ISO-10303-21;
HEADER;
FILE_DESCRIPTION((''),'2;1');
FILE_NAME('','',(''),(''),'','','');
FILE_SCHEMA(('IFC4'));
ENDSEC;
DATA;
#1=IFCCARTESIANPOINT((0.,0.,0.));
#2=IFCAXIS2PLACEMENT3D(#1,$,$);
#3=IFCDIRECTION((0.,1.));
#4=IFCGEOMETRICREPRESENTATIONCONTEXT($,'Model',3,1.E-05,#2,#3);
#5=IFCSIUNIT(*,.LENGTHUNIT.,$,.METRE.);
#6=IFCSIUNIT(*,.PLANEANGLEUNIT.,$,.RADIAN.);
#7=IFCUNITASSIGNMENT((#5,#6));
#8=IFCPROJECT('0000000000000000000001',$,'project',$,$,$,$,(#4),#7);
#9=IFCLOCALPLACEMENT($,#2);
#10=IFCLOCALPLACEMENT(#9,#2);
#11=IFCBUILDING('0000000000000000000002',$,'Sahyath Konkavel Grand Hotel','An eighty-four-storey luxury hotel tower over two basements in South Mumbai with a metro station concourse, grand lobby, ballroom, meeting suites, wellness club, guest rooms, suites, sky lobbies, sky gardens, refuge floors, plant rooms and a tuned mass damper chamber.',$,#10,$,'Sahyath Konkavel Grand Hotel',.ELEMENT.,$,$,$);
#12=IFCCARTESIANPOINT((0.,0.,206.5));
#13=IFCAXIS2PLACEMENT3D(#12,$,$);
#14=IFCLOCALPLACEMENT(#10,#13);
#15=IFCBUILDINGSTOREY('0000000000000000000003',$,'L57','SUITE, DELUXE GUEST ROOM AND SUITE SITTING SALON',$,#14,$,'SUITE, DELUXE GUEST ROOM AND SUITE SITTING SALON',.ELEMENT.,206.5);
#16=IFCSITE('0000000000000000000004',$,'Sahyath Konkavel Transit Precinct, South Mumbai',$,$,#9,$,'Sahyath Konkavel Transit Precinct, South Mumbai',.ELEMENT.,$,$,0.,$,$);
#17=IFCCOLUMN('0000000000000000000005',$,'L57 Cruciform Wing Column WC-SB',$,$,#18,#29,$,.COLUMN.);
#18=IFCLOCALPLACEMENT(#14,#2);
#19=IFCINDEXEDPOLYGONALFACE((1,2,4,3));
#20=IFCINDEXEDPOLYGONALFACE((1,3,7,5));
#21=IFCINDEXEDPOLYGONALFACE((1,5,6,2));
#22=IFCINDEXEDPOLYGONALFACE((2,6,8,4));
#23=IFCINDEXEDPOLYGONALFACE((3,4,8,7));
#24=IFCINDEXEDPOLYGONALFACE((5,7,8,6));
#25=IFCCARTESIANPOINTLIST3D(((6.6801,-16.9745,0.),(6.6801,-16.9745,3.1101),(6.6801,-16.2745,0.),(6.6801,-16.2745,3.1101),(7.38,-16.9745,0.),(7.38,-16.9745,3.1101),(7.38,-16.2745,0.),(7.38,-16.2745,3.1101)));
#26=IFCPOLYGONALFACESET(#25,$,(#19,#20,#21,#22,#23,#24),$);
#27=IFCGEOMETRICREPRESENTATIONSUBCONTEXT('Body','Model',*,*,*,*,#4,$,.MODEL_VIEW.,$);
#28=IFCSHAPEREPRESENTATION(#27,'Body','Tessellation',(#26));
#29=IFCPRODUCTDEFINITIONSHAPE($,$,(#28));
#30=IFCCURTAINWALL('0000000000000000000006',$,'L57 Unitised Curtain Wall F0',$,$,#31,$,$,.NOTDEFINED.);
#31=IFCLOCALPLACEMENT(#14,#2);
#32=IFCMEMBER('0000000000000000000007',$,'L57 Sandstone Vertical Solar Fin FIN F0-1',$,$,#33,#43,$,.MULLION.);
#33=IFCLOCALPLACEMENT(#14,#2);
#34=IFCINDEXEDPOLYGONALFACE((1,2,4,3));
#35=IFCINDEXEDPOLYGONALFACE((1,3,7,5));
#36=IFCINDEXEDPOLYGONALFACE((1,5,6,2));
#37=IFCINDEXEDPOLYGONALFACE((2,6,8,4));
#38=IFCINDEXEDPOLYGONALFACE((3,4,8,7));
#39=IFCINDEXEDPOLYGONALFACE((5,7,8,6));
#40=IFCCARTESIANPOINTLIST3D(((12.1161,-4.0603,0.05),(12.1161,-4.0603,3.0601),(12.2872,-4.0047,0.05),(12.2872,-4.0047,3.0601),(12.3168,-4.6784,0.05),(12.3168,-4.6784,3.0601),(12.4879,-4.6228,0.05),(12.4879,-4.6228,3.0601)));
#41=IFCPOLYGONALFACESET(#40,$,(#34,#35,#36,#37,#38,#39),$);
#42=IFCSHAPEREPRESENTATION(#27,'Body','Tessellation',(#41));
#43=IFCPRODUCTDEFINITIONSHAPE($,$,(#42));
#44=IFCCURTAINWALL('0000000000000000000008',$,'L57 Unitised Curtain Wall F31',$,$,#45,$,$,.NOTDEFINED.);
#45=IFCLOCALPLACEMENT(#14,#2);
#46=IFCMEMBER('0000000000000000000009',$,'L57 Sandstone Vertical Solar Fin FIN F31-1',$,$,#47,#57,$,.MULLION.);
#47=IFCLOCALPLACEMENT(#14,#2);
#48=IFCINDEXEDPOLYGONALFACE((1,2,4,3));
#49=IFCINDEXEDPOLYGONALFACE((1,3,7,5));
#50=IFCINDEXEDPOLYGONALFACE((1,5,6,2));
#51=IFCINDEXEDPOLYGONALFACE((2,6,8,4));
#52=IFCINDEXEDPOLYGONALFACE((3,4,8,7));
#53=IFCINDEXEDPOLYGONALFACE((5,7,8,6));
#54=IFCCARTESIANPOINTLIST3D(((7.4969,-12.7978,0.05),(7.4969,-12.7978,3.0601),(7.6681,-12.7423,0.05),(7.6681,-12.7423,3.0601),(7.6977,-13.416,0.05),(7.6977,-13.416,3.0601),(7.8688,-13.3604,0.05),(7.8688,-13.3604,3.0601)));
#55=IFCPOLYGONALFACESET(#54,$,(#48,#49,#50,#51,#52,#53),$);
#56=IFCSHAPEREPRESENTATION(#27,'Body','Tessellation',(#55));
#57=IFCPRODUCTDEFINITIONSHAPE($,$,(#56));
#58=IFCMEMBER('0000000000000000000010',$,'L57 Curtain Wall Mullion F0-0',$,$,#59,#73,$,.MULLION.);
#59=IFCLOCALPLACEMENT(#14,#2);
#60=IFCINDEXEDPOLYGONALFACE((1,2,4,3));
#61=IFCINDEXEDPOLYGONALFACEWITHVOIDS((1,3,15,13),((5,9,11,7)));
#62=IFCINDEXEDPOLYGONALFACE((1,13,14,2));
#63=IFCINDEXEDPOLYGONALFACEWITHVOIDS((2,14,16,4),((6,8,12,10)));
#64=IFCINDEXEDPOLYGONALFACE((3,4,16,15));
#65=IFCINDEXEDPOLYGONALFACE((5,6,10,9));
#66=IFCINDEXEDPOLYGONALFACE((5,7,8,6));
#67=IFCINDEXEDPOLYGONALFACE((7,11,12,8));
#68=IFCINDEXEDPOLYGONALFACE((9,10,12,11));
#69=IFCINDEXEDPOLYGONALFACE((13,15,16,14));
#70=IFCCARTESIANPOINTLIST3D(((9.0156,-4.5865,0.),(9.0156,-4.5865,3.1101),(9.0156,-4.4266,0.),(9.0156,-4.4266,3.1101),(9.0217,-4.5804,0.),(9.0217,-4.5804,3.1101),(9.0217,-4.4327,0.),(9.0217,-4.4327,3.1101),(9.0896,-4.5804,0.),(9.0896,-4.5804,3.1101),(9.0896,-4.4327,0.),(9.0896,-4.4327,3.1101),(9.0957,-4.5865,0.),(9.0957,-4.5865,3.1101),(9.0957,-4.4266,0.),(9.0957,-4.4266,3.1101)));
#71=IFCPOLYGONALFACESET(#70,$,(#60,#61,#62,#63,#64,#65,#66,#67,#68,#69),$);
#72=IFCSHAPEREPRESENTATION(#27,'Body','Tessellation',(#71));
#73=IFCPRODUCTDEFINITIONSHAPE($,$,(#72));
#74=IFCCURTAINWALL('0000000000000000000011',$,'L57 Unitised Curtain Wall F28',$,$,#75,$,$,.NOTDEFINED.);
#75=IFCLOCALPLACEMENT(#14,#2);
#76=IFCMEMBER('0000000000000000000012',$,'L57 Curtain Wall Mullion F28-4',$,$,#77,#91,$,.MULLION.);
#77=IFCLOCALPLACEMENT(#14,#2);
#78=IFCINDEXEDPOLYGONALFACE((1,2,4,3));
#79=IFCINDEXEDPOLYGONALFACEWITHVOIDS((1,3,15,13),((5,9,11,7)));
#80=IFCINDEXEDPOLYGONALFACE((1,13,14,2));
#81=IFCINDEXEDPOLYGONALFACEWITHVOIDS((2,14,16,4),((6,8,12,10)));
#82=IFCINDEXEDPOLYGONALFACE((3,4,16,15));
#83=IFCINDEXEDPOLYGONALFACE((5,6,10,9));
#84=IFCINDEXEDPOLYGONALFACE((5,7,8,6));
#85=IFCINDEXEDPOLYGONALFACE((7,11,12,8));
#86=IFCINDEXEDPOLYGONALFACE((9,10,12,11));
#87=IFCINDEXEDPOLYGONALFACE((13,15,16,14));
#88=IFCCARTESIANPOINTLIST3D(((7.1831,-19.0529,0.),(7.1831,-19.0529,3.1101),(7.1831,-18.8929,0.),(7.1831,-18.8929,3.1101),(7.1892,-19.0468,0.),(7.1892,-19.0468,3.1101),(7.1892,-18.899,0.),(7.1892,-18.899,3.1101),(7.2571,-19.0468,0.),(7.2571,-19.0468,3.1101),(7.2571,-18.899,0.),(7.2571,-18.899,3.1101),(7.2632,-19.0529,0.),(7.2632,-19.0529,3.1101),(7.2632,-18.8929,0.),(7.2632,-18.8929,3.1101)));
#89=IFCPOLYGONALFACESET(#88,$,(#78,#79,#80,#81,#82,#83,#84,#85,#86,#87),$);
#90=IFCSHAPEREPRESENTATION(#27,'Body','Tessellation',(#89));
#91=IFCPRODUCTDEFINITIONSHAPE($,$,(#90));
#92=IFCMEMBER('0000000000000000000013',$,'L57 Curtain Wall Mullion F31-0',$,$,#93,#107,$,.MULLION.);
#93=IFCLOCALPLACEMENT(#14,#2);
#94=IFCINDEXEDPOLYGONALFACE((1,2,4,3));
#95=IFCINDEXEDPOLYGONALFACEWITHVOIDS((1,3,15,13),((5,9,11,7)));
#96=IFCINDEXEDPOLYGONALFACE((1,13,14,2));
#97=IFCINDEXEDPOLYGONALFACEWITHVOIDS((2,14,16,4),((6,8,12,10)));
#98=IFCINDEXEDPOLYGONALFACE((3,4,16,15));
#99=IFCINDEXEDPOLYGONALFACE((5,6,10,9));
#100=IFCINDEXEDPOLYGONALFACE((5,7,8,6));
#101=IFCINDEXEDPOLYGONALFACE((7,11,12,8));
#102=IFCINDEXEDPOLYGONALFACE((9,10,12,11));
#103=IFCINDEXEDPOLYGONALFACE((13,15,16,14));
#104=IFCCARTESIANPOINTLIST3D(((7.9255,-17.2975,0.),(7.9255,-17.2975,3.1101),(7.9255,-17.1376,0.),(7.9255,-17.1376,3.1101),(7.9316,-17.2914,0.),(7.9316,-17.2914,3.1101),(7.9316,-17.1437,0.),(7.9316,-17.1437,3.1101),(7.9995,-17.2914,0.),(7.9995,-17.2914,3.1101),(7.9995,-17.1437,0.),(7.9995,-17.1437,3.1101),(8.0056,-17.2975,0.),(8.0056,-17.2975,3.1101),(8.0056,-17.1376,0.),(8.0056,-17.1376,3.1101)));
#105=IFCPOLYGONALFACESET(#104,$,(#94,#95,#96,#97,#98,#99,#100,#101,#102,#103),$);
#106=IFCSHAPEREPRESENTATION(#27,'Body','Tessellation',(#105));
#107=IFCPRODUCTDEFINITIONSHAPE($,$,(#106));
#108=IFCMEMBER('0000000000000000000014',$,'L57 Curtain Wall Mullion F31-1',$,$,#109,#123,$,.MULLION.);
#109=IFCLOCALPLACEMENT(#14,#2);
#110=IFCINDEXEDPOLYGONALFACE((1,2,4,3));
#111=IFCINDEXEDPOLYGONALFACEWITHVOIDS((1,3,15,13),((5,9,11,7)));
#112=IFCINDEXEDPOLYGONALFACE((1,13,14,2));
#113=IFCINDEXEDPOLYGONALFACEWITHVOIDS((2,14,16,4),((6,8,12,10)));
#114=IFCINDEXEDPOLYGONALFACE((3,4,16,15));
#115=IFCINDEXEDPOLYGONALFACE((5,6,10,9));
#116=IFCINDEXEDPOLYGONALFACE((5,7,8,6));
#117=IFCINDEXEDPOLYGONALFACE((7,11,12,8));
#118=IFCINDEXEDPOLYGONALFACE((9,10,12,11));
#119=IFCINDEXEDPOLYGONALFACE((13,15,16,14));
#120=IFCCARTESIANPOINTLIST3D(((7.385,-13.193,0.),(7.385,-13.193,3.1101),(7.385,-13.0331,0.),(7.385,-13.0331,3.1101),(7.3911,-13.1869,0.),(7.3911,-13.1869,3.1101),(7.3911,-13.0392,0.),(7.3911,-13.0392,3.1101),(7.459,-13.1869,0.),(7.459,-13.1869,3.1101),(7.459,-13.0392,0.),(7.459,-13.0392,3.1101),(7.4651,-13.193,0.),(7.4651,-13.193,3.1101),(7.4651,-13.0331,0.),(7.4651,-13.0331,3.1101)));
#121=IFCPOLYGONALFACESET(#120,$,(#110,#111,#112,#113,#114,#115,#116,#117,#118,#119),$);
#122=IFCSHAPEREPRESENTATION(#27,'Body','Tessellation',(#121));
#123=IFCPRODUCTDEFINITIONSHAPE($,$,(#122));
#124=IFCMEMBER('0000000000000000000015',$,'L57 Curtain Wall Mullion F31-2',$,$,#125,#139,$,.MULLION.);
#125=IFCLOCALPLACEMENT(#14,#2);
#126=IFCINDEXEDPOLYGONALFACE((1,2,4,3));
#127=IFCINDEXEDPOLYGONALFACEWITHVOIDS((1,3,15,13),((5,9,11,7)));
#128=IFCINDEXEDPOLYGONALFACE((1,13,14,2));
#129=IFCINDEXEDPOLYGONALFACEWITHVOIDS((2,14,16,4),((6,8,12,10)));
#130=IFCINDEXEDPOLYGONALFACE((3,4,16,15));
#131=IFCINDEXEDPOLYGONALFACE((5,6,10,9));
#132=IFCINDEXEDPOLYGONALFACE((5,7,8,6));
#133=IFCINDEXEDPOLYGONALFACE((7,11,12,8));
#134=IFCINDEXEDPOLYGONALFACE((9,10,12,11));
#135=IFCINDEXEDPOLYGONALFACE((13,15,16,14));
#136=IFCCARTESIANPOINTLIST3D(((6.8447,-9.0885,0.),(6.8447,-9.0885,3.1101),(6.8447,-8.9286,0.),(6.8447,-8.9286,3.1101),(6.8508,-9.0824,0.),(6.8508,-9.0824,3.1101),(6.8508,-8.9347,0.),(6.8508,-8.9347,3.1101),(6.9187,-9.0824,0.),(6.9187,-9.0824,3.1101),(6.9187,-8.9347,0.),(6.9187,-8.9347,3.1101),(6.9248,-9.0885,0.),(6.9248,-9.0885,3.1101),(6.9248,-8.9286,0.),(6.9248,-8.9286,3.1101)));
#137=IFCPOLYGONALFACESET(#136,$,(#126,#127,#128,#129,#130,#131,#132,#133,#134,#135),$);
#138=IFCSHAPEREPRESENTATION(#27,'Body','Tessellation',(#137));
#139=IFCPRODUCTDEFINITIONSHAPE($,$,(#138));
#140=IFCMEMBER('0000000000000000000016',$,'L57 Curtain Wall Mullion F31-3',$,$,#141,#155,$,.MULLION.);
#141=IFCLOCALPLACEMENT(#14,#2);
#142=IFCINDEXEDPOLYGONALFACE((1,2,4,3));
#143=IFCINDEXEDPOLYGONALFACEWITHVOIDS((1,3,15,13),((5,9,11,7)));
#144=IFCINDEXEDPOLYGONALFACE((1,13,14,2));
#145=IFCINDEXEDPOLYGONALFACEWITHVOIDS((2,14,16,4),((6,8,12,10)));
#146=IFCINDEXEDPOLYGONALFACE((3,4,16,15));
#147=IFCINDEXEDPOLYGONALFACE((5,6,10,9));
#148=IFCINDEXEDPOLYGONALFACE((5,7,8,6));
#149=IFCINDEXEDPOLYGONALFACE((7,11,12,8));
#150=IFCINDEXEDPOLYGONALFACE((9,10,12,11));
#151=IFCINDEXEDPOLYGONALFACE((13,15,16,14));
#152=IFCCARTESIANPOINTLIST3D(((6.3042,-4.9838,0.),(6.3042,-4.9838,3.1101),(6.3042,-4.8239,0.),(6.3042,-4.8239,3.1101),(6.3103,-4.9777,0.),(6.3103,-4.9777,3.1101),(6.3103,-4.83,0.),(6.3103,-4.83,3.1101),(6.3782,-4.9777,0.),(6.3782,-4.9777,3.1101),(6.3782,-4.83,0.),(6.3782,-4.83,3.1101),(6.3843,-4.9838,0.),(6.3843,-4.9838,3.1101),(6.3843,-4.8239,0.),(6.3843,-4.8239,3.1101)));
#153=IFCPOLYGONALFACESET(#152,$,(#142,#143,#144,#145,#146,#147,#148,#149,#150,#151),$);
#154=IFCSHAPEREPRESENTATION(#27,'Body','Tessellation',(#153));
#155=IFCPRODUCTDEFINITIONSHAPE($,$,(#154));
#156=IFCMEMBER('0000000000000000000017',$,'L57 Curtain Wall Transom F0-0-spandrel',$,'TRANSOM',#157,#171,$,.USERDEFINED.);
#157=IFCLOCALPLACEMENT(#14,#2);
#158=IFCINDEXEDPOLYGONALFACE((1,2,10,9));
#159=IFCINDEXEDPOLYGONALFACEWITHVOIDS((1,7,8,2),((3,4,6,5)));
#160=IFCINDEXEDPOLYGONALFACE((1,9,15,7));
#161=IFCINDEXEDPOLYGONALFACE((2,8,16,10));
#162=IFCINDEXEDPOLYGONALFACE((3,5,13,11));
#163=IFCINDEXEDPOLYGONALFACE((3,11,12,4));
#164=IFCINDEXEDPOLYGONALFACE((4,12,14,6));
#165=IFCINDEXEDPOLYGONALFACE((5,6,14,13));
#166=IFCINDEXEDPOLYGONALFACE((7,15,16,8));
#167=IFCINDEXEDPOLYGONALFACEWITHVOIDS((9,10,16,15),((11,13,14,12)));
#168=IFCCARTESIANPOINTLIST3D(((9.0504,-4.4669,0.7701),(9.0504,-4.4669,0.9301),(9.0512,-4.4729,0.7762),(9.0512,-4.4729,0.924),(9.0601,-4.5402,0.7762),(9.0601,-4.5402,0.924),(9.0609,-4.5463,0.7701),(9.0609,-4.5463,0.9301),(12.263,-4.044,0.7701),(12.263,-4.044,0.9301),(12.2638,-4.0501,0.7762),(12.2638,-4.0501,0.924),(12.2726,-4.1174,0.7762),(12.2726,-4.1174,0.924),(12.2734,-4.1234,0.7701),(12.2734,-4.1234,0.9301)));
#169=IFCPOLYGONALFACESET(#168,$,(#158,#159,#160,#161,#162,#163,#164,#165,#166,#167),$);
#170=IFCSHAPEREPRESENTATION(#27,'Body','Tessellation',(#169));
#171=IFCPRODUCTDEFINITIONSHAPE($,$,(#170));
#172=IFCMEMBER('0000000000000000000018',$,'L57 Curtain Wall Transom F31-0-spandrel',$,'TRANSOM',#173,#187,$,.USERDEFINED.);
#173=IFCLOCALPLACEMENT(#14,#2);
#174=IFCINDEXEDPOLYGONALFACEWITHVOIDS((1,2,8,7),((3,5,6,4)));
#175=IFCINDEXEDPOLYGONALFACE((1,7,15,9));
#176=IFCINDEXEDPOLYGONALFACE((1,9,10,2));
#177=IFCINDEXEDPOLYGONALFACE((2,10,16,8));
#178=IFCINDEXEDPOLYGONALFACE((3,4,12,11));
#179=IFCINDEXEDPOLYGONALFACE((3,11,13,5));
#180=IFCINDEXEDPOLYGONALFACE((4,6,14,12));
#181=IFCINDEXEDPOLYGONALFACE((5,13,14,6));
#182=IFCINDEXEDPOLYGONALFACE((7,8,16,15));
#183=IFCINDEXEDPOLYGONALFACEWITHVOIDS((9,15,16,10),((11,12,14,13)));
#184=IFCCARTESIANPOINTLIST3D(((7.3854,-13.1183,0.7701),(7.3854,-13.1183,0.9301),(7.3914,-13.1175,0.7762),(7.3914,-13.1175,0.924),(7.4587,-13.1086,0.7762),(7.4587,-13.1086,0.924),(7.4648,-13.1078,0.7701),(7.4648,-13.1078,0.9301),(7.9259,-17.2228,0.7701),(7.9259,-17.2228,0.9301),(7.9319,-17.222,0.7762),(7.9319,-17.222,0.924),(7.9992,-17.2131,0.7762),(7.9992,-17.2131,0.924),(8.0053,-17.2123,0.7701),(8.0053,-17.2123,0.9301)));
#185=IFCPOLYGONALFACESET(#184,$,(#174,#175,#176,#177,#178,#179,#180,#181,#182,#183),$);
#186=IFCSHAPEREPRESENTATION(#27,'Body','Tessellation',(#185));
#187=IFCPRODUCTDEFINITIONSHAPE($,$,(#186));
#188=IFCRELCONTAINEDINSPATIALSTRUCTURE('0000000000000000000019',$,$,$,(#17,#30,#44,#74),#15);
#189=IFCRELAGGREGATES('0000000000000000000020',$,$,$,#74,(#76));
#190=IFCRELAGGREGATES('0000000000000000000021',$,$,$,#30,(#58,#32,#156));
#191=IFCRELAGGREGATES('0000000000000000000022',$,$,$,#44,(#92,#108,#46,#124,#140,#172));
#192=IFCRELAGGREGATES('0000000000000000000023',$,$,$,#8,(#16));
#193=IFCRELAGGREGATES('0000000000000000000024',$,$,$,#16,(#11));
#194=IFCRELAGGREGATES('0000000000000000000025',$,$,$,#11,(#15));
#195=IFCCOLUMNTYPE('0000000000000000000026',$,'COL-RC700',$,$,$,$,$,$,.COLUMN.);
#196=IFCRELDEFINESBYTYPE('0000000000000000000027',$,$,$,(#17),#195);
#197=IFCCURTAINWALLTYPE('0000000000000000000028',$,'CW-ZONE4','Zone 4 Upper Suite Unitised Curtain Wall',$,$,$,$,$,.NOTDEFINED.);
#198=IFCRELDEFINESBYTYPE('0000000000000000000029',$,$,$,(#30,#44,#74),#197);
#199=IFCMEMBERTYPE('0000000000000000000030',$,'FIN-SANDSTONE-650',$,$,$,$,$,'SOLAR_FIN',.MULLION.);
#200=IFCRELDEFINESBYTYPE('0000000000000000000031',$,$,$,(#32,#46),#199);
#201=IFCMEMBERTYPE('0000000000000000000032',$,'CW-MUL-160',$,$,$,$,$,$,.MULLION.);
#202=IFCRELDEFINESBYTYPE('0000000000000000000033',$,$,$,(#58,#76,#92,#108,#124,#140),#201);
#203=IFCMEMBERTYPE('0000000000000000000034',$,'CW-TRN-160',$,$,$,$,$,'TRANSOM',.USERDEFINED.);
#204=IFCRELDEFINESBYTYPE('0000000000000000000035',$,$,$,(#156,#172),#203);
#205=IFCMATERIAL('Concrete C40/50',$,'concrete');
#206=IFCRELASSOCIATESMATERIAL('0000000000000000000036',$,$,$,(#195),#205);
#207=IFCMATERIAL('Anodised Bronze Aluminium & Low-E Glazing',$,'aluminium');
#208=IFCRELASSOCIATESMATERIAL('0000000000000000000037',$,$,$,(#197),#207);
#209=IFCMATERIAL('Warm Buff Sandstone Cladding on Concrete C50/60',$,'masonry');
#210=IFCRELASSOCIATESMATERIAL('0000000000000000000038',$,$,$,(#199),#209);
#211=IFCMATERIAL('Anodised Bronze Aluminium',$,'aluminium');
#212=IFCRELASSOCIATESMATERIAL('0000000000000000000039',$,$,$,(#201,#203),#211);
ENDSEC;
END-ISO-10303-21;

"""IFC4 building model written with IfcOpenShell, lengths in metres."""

from ifc_helpers import new_model, si_unit, direction, frame, origin, origin_2d, place, context, subcontext, project, spatial, rectangle, hollow_rectangle, extrude, source, transform, mapped, material, material_profile, profile_set, type_object, element, aggregate, save


model = new_model("IFC4")

# Units and contexts
model_context = context("Model", 3, precision=1e-05, world=origin(), true_north=direction((0.0, 1.0)))
body_context = subcontext(model_context, "Body", "Model", "MODEL_VIEW")
ifc_project = project(units=[si_unit("LENGTHUNIT", "METRE"), si_unit("PLANEANGLEUNIT", "RADIAN")], contexts=[model_context])

# Site, building, storey
site_placement = place(None, origin())
site = spatial("IfcSite", under=ifc_project, at=site_placement, Name="Sahyath Konkavel Transit Precinct, South Mumbai", LongName="Sahyath Konkavel Transit Precinct, South Mumbai", CompositionType="ELEMENT", RefElevation=0.0)
building_placement = place(site_placement, origin())
building = spatial("IfcBuilding", under=site, at=building_placement, Name="Sahyath Konkavel Grand Hotel", Description="An eighty-four-storey luxury hotel tower over two basements in South Mumbai with a metro station concourse, grand lobby, ballroom, meeting suites, wellness club, guest rooms, suites, sky lobbies, sky gardens, refuge floors, plant rooms and a tuned mass damper chamber.", LongName="Sahyath Konkavel Grand Hotel", CompositionType="ELEMENT")
storey_placement = place(building_placement, frame((0.0, 0.0, 206.5)))
storey = spatial("IfcBuildingStorey", under=building, at=storey_placement, Name="L57", Description="SUITE, DELUXE GUEST ROOM AND SUITE SITTING SALON", LongName="SUITE, DELUXE GUEST ROOM AND SUITE SITTING SALON", CompositionType="ELEMENT", Elevation=206.5)

# Column
ifc_material_1 = material(Name="Concrete C40/50", Category="concrete")
ifc_material_profile_1 = material_profile(ifc_material_1, rectangle(XDim=0.7, YDim=0.7, at=origin_2d()), Name="RC 700x700")
ifc_profile_set_1 = profile_set([ifc_material_profile_1], Name="Concrete C40/50")
column_type = type_object("IfcColumnType", Name="COL-RC700", PredefinedType="COLUMN", material=ifc_profile_set_1)
shared_shape_1 = source(origin(), body_context, "Body", "SweptSolid", [
    extrude(rectangle(XDim=0.7, YDim=0.7, at=origin_2d()), origin(), (0.0, 0.0, 1.0), 3.1101),
])
column_placement = place(storey_placement, frame((7.03, -16.6245, 0.0), z_axis=(0.0, 0.0, 1.0), x_axis=(1.0, 0.0, 0.0)))
element("IfcColumn", 1, at=column_placement, inside=storey, type_object=column_type, Name="L57 Cruciform Wing Column WC-SB", PredefinedType="COLUMN", context=body_context, shape_type="MappedRepresentation", body=[
    mapped(shared_shape_1, transform((0.0, 0.0, 0.0), scale=1.0)),
])

# Curtain walls, members
ifc_material_2 = material(Name="Anodised Bronze Aluminium & Low-E Glazing", Category="aluminium")
curtain_wall_type = type_object("IfcCurtainWallType", Name="CW-ZONE4", Description="Zone 4 Upper Suite Unitised Curtain Wall", PredefinedType="NOTDEFINED", material=ifc_material_2)
curtain_wall_1_placement = place(storey_placement, origin())
curtain_wall_1 = element("IfcCurtainWall", 2, at=curtain_wall_1_placement, inside=storey, type_object=curtain_wall_type, Name="L57 Unitised Curtain Wall F0", PredefinedType="NOTDEFINED")
ifc_material_3 = material(Name="Warm Buff Sandstone Cladding on Concrete C50/60", Category="masonry")
ifc_material_profile_2 = material_profile(ifc_material_3, rectangle(XDim=0.1799, YDim=0.6499, at=origin_2d()), Name="FIN 180x650")
ifc_profile_set_2 = profile_set([ifc_material_profile_2], Name="Warm Buff Sandstone Cladding on Concrete C50/60")
member_type_1 = type_object("IfcMemberType", Name="FIN-SANDSTONE-650", ElementType="SOLAR_FIN", PredefinedType="MULLION", material=ifc_profile_set_2)
shared_shape_2 = source(origin(), body_context, "Body", "SweptSolid", [
    extrude(rectangle(XDim=0.1799, YDim=0.6499, at=origin_2d()), origin(), (0.0, 0.0, 1.0), 3.01),
])
member_1_placement = place(storey_placement, frame((12.302, -4.3416, 0.05), z_axis=(0.0, 0.0, 1.0), x_axis=(0.95111, 0.308851, 0.0)))
member_1 = element("IfcMember", 3, at=member_1_placement, type_object=member_type_1, Name="L57 Sandstone Vertical Solar Fin FIN F0-1", PredefinedType="MULLION", context=body_context, shape_type="MappedRepresentation", body=[
    mapped(shared_shape_2, transform((0.0, 0.0, 0.0), scale=1.0)),
])
curtain_wall_2_placement = place(storey_placement, origin())
curtain_wall_2 = element("IfcCurtainWall", 4, at=curtain_wall_2_placement, inside=storey, type_object=curtain_wall_type, Name="L57 Unitised Curtain Wall F31", PredefinedType="NOTDEFINED")
member_2_placement = place(storey_placement, frame((7.6829, -13.0791, 0.05), z_axis=(0.0, 0.0, 1.0), x_axis=(0.95111, 0.308851, 0.0)))
member_2 = element("IfcMember", 5, at=member_2_placement, type_object=member_type_1, Name="L57 Sandstone Vertical Solar Fin FIN F31-1", PredefinedType="MULLION", context=body_context, shape_type="MappedRepresentation", body=[
    mapped(shared_shape_2, transform((0.0, 0.0, 0.0), scale=1.0)),
])

# Member
ifc_material_4 = material(Name="Anodised Bronze Aluminium", Category="aluminium")
ifc_material_profile_3 = material_profile(ifc_material_4, hollow_rectangle(XDim=0.0801, YDim=0.1599, WallThickness=0.0061, at=origin_2d()), Name="RHS 160x80x6")
ifc_profile_set_3 = profile_set([ifc_material_profile_3], Name="Anodised Bronze Aluminium")
member_type_2 = type_object("IfcMemberType", Name="CW-MUL-160", PredefinedType="MULLION", material=ifc_profile_set_3)
shared_shape_3 = source(origin(), body_context, "Body", "SweptSolid", [
    extrude(hollow_rectangle(XDim=0.0801, YDim=0.1599, WallThickness=0.0061, at=origin_2d()), origin(), (0.0, 0.0, 1.0), 3.1101),
])
member_3_placement = place(storey_placement, frame((9.0557, -4.5066, 0.0), z_axis=(0.0, 0.0, 1.0), x_axis=(1.0, 0.0, 0.0)))
member_3 = element("IfcMember", 6, at=member_3_placement, type_object=member_type_2, Name="L57 Curtain Wall Mullion F0-0", PredefinedType="MULLION", context=body_context, shape_type="MappedRepresentation", body=[
    mapped(shared_shape_3, transform((0.0, 0.0, 0.0), scale=1.0)),
])

# Curtain wall, member
curtain_wall_3_placement = place(storey_placement, origin())
curtain_wall_3 = element("IfcCurtainWall", 7, at=curtain_wall_3_placement, inside=storey, type_object=curtain_wall_type, Name="L57 Unitised Curtain Wall F28", PredefinedType="NOTDEFINED")
member_4_placement = place(storey_placement, frame((7.2231, -18.9729, 0.0), z_axis=(0.0, 0.0, 1.0), x_axis=(1.0, 0.0, 0.0)))
member_4 = element("IfcMember", 8, at=member_4_placement, type_object=member_type_2, Name="L57 Curtain Wall Mullion F28-4", PredefinedType="MULLION", context=body_context, shape_type="MappedRepresentation", body=[
    mapped(shared_shape_3, transform((0.0, 0.0, 0.0), scale=1.0)),
])
aggregate(curtain_wall_3, [member_4])

# Members
member_5_placement = place(storey_placement, frame((7.9656, -17.2175, 0.0), z_axis=(0.0, 0.0, 1.0), x_axis=(1.0, 0.0, 0.0)))
member_5 = element("IfcMember", 9, at=member_5_placement, type_object=member_type_2, Name="L57 Curtain Wall Mullion F31-0", PredefinedType="MULLION", context=body_context, shape_type="MappedRepresentation", body=[
    mapped(shared_shape_3, transform((0.0, 0.0, 0.0), scale=1.0)),
])
member_6_placement = place(storey_placement, frame((7.425, -13.113, 0.0), z_axis=(0.0, 0.0, 1.0), x_axis=(1.0, 0.0, 0.0)))
member_6 = element("IfcMember", 10, at=member_6_placement, type_object=member_type_2, Name="L57 Curtain Wall Mullion F31-1", PredefinedType="MULLION", context=body_context, shape_type="MappedRepresentation", body=[
    mapped(shared_shape_3, transform((0.0, 0.0, 0.0), scale=1.0)),
])
member_7_placement = place(storey_placement, frame((6.8848, -9.0085, 0.0), z_axis=(0.0, 0.0, 1.0), x_axis=(1.0, 0.0, 0.0)))
member_7 = element("IfcMember", 11, at=member_7_placement, type_object=member_type_2, Name="L57 Curtain Wall Mullion F31-2", PredefinedType="MULLION", context=body_context, shape_type="MappedRepresentation", body=[
    mapped(shared_shape_3, transform((0.0, 0.0, 0.0), scale=1.0)),
])
member_8_placement = place(storey_placement, frame((6.3442, -4.9038, 0.0), z_axis=(0.0, 0.0, 1.0), x_axis=(1.0, 0.0, 0.0)))
member_8 = element("IfcMember", 12, at=member_8_placement, type_object=member_type_2, Name="L57 Curtain Wall Mullion F31-3", PredefinedType="MULLION", context=body_context, shape_type="MappedRepresentation", body=[
    mapped(shared_shape_3, transform((0.0, 0.0, 0.0), scale=1.0)),
])
ifc_material_profile_4 = material_profile(ifc_material_4, hollow_rectangle(XDim=0.0801, YDim=0.1599, WallThickness=0.0061, at=origin_2d()), Name="RHS 160x80x6")
ifc_profile_set_4 = profile_set([ifc_material_profile_4], Name="Anodised Bronze Aluminium")
member_type_3 = type_object("IfcMemberType", Name="CW-TRN-160", ElementType="TRANSOM", PredefinedType="USERDEFINED", material=ifc_profile_set_4)
shared_shape_4 = source(origin(), body_context, "Body", "SweptSolid", [
    extrude(hollow_rectangle(XDim=0.0801, YDim=0.1599, WallThickness=0.0061, at=origin_2d()), origin(), (0.0, 0.0, 1.0), 3.2402),
])
member_9_placement = place(storey_placement, frame((9.0557, -4.5066, 0.8501), z_axis=(0.991448, 0.130505, 0.0), x_axis=(-0.130505, 0.991448, 0.0)))
member_9 = element("IfcMember", 13, at=member_9_placement, type_object=member_type_3, Name="L57 Curtain Wall Transom F0-0-spandrel", ObjectType="TRANSOM", PredefinedType="USERDEFINED", context=body_context, shape_type="MappedRepresentation", body=[
    mapped(shared_shape_4, transform((0.0, 0.0, 0.0), scale=1.0)),
])
shared_shape_5 = source(origin(), body_context, "Body", "SweptSolid", [
    extrude(hollow_rectangle(XDim=0.0801, YDim=0.1599, WallThickness=0.0061, at=origin_2d()), origin(), (0.0, 0.0, 1.0), 4.1399),
])
member_10_placement = place(storey_placement, frame((7.9656, -17.2175, 0.8501), z_axis=(-0.130564, 0.99144, 0.0), x_axis=(-0.99144, -0.130564, 0.0)))
member_10 = element("IfcMember", 14, at=member_10_placement, type_object=member_type_3, Name="L57 Curtain Wall Transom F31-0-spandrel", ObjectType="TRANSOM", PredefinedType="USERDEFINED", context=body_context, shape_type="MappedRepresentation", body=[
    mapped(shared_shape_5, transform((0.0, 0.0, 0.0), scale=1.0)),
])

aggregate(curtain_wall_1, [member_3, member_1, member_9])
aggregate(curtain_wall_2, [member_5, member_6, member_2, member_7, member_8, member_10])

save(model, "model.ifc")
